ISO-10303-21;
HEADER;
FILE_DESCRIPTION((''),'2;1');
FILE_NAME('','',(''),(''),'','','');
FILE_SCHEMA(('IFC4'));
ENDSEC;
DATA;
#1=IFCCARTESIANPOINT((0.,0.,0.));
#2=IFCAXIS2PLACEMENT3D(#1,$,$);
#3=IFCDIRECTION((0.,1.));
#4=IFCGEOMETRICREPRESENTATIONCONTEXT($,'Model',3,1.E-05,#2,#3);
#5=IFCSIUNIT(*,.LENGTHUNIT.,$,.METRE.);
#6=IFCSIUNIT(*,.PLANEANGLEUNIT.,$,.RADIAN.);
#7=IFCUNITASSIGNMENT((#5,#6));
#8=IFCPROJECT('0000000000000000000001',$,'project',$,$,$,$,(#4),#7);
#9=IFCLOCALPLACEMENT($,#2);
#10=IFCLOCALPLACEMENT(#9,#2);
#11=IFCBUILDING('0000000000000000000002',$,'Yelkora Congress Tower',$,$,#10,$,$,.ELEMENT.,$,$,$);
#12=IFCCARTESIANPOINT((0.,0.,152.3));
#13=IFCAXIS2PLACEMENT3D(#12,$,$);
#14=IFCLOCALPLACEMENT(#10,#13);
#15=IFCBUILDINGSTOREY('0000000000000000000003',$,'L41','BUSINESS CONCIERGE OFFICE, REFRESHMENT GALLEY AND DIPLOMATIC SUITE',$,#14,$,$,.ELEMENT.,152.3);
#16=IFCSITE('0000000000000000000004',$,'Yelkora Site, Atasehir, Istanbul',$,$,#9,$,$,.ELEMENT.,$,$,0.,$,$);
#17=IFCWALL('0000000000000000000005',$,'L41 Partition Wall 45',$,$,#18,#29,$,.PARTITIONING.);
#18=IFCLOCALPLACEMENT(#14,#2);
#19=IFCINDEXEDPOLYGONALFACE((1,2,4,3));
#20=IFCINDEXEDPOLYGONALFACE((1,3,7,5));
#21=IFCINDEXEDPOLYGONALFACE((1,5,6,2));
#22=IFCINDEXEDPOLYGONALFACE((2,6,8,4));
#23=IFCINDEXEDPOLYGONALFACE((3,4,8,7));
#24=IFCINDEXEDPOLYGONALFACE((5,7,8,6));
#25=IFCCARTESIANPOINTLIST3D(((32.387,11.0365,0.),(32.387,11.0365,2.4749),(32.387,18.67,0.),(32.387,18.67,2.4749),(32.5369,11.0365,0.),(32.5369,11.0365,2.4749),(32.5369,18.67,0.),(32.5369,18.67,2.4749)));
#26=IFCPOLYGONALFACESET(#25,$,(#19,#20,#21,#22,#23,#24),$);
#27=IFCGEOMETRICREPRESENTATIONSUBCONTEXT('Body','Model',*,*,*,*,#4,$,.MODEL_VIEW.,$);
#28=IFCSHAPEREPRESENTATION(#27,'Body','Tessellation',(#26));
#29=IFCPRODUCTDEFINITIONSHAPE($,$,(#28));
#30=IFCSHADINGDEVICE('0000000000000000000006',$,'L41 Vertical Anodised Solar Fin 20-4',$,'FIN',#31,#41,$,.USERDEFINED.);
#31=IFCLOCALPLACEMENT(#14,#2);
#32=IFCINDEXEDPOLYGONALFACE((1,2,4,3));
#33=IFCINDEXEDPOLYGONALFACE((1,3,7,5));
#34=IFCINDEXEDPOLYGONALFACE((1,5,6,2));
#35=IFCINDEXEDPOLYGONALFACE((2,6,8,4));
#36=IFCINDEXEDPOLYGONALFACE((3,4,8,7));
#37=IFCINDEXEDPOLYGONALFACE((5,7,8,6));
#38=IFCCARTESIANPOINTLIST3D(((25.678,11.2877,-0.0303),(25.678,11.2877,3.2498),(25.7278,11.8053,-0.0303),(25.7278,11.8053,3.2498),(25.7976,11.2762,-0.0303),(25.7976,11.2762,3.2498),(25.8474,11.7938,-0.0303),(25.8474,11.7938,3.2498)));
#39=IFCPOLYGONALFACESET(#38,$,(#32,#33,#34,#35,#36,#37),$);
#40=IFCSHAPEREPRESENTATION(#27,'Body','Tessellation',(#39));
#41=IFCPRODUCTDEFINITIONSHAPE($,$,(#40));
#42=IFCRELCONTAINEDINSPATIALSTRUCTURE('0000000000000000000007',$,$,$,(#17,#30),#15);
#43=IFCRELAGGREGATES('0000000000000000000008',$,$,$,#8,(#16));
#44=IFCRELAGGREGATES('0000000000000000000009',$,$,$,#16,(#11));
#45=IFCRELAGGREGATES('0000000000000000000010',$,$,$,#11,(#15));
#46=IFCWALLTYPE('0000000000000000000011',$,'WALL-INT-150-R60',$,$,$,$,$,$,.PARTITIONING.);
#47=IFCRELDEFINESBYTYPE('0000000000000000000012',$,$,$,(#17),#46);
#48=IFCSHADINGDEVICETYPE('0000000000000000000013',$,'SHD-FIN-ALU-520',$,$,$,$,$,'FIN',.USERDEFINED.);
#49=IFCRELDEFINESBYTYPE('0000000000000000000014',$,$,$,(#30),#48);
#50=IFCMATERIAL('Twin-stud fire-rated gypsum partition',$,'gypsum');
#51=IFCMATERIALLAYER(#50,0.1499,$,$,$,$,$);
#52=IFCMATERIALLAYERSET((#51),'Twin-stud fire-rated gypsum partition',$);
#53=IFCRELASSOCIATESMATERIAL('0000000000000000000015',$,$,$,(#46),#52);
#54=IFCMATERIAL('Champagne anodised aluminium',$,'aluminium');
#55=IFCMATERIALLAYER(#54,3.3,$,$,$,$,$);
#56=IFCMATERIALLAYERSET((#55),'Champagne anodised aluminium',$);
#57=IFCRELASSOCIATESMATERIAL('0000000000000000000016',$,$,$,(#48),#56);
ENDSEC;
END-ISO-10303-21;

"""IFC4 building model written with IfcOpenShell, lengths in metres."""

from ifc_helpers import new_model, si_unit, direction, frame, frame_2d, origin, origin_2d, place, context, subcontext, project, spatial, rectangle, extrude, material, layer, layer_set, type_object, element, save


model = new_model("IFC4")

# Units and contexts
model_context = context("Model", 3, precision=1e-05, world=origin(), true_north=direction((0.0, 1.0)))
body_context = subcontext(model_context, "Body", "Model", "MODEL_VIEW")
ifc_project = project(units=[si_unit("LENGTHUNIT", "METRE"), si_unit("PLANEANGLEUNIT", "RADIAN")], contexts=[model_context])

# Site, building, storey
site_placement = place(None, origin())
site = spatial("IfcSite", under=ifc_project, at=site_placement, Name="Yelkora Site, Atasehir, Istanbul", CompositionType="ELEMENT", RefElevation=0.0)
building_placement = place(site_placement, origin())
building = spatial("IfcBuilding", under=site, at=building_placement, Name="Yelkora Congress Tower", CompositionType="ELEMENT")
storey_placement = place(building_placement, frame((0.0, 0.0, 152.3)))
storey = spatial("IfcBuildingStorey", under=building, at=storey_placement, Name="L41", Description="BUSINESS CONCIERGE OFFICE, REFRESHMENT GALLEY AND DIPLOMATIC SUITE", CompositionType="ELEMENT", Elevation=152.3)

# Wall
ifc_material_1 = material(Name="Twin-stud fire-rated gypsum partition", Category="gypsum")
ifc_layer_1 = layer(ifc_material_1, 0.1499)
ifc_layer_set_1 = layer_set([ifc_layer_1], Name="Twin-stud fire-rated gypsum partition")
wall_type_1 = type_object("IfcWallType", Name="WALL-INT-150-R60", PredefinedType="PARTITIONING", material=ifc_layer_set_1)
wall_1_placement = place(storey_placement, frame((32.4619, 11.0364, 0.0), z_axis=(0.0, 0.0, 1.0), x_axis=(0.0, 1.0, 0.0)))
element("IfcWall", 1, at=wall_1_placement, inside=storey, type_object=wall_type_1, Name="L41 Partition Wall 45", PredefinedType="PARTITIONING", context=body_context, shape_type="SweptSolid", body=[
    extrude(rectangle(XDim=7.6335, YDim=0.1499, at=frame_2d((3.8169, 0.0))), origin(), (0.0, 0.0, 1.0), 2.4749),
])

# Shading device
ifc_material_2 = material(Name="Champagne anodised aluminium", Category="aluminium")
ifc_layer_2 = layer(ifc_material_2, 3.3)
ifc_layer_set_2 = layer_set([ifc_layer_2], Name="Champagne anodised aluminium")
shading_device_type = type_object("IfcShadingDeviceType", Name="SHD-FIN-ALU-520", ElementType="FIN", PredefinedType="USERDEFINED", material=ifc_layer_set_2)
shading_device_placement = place(storey_placement, frame((25.7627, 11.5408, -0.0303), z_axis=(0.0, 0.0, 1.0), x_axis=(-0.995396, 0.095846, 0.0)))
element("IfcShadingDevice", 2, at=shading_device_placement, inside=storey, type_object=shading_device_type, Name="L41 Vertical Anodised Solar Fin 20-4", ObjectType="FIN", PredefinedType="USERDEFINED", context=body_context, shape_type="SweptSolid", body=[
    extrude(rectangle(XDim=0.1201, YDim=0.52, at=origin_2d()), origin(), (0.0, 0.0, 1.0), 3.28),
])

save(model, "model.ifc")
